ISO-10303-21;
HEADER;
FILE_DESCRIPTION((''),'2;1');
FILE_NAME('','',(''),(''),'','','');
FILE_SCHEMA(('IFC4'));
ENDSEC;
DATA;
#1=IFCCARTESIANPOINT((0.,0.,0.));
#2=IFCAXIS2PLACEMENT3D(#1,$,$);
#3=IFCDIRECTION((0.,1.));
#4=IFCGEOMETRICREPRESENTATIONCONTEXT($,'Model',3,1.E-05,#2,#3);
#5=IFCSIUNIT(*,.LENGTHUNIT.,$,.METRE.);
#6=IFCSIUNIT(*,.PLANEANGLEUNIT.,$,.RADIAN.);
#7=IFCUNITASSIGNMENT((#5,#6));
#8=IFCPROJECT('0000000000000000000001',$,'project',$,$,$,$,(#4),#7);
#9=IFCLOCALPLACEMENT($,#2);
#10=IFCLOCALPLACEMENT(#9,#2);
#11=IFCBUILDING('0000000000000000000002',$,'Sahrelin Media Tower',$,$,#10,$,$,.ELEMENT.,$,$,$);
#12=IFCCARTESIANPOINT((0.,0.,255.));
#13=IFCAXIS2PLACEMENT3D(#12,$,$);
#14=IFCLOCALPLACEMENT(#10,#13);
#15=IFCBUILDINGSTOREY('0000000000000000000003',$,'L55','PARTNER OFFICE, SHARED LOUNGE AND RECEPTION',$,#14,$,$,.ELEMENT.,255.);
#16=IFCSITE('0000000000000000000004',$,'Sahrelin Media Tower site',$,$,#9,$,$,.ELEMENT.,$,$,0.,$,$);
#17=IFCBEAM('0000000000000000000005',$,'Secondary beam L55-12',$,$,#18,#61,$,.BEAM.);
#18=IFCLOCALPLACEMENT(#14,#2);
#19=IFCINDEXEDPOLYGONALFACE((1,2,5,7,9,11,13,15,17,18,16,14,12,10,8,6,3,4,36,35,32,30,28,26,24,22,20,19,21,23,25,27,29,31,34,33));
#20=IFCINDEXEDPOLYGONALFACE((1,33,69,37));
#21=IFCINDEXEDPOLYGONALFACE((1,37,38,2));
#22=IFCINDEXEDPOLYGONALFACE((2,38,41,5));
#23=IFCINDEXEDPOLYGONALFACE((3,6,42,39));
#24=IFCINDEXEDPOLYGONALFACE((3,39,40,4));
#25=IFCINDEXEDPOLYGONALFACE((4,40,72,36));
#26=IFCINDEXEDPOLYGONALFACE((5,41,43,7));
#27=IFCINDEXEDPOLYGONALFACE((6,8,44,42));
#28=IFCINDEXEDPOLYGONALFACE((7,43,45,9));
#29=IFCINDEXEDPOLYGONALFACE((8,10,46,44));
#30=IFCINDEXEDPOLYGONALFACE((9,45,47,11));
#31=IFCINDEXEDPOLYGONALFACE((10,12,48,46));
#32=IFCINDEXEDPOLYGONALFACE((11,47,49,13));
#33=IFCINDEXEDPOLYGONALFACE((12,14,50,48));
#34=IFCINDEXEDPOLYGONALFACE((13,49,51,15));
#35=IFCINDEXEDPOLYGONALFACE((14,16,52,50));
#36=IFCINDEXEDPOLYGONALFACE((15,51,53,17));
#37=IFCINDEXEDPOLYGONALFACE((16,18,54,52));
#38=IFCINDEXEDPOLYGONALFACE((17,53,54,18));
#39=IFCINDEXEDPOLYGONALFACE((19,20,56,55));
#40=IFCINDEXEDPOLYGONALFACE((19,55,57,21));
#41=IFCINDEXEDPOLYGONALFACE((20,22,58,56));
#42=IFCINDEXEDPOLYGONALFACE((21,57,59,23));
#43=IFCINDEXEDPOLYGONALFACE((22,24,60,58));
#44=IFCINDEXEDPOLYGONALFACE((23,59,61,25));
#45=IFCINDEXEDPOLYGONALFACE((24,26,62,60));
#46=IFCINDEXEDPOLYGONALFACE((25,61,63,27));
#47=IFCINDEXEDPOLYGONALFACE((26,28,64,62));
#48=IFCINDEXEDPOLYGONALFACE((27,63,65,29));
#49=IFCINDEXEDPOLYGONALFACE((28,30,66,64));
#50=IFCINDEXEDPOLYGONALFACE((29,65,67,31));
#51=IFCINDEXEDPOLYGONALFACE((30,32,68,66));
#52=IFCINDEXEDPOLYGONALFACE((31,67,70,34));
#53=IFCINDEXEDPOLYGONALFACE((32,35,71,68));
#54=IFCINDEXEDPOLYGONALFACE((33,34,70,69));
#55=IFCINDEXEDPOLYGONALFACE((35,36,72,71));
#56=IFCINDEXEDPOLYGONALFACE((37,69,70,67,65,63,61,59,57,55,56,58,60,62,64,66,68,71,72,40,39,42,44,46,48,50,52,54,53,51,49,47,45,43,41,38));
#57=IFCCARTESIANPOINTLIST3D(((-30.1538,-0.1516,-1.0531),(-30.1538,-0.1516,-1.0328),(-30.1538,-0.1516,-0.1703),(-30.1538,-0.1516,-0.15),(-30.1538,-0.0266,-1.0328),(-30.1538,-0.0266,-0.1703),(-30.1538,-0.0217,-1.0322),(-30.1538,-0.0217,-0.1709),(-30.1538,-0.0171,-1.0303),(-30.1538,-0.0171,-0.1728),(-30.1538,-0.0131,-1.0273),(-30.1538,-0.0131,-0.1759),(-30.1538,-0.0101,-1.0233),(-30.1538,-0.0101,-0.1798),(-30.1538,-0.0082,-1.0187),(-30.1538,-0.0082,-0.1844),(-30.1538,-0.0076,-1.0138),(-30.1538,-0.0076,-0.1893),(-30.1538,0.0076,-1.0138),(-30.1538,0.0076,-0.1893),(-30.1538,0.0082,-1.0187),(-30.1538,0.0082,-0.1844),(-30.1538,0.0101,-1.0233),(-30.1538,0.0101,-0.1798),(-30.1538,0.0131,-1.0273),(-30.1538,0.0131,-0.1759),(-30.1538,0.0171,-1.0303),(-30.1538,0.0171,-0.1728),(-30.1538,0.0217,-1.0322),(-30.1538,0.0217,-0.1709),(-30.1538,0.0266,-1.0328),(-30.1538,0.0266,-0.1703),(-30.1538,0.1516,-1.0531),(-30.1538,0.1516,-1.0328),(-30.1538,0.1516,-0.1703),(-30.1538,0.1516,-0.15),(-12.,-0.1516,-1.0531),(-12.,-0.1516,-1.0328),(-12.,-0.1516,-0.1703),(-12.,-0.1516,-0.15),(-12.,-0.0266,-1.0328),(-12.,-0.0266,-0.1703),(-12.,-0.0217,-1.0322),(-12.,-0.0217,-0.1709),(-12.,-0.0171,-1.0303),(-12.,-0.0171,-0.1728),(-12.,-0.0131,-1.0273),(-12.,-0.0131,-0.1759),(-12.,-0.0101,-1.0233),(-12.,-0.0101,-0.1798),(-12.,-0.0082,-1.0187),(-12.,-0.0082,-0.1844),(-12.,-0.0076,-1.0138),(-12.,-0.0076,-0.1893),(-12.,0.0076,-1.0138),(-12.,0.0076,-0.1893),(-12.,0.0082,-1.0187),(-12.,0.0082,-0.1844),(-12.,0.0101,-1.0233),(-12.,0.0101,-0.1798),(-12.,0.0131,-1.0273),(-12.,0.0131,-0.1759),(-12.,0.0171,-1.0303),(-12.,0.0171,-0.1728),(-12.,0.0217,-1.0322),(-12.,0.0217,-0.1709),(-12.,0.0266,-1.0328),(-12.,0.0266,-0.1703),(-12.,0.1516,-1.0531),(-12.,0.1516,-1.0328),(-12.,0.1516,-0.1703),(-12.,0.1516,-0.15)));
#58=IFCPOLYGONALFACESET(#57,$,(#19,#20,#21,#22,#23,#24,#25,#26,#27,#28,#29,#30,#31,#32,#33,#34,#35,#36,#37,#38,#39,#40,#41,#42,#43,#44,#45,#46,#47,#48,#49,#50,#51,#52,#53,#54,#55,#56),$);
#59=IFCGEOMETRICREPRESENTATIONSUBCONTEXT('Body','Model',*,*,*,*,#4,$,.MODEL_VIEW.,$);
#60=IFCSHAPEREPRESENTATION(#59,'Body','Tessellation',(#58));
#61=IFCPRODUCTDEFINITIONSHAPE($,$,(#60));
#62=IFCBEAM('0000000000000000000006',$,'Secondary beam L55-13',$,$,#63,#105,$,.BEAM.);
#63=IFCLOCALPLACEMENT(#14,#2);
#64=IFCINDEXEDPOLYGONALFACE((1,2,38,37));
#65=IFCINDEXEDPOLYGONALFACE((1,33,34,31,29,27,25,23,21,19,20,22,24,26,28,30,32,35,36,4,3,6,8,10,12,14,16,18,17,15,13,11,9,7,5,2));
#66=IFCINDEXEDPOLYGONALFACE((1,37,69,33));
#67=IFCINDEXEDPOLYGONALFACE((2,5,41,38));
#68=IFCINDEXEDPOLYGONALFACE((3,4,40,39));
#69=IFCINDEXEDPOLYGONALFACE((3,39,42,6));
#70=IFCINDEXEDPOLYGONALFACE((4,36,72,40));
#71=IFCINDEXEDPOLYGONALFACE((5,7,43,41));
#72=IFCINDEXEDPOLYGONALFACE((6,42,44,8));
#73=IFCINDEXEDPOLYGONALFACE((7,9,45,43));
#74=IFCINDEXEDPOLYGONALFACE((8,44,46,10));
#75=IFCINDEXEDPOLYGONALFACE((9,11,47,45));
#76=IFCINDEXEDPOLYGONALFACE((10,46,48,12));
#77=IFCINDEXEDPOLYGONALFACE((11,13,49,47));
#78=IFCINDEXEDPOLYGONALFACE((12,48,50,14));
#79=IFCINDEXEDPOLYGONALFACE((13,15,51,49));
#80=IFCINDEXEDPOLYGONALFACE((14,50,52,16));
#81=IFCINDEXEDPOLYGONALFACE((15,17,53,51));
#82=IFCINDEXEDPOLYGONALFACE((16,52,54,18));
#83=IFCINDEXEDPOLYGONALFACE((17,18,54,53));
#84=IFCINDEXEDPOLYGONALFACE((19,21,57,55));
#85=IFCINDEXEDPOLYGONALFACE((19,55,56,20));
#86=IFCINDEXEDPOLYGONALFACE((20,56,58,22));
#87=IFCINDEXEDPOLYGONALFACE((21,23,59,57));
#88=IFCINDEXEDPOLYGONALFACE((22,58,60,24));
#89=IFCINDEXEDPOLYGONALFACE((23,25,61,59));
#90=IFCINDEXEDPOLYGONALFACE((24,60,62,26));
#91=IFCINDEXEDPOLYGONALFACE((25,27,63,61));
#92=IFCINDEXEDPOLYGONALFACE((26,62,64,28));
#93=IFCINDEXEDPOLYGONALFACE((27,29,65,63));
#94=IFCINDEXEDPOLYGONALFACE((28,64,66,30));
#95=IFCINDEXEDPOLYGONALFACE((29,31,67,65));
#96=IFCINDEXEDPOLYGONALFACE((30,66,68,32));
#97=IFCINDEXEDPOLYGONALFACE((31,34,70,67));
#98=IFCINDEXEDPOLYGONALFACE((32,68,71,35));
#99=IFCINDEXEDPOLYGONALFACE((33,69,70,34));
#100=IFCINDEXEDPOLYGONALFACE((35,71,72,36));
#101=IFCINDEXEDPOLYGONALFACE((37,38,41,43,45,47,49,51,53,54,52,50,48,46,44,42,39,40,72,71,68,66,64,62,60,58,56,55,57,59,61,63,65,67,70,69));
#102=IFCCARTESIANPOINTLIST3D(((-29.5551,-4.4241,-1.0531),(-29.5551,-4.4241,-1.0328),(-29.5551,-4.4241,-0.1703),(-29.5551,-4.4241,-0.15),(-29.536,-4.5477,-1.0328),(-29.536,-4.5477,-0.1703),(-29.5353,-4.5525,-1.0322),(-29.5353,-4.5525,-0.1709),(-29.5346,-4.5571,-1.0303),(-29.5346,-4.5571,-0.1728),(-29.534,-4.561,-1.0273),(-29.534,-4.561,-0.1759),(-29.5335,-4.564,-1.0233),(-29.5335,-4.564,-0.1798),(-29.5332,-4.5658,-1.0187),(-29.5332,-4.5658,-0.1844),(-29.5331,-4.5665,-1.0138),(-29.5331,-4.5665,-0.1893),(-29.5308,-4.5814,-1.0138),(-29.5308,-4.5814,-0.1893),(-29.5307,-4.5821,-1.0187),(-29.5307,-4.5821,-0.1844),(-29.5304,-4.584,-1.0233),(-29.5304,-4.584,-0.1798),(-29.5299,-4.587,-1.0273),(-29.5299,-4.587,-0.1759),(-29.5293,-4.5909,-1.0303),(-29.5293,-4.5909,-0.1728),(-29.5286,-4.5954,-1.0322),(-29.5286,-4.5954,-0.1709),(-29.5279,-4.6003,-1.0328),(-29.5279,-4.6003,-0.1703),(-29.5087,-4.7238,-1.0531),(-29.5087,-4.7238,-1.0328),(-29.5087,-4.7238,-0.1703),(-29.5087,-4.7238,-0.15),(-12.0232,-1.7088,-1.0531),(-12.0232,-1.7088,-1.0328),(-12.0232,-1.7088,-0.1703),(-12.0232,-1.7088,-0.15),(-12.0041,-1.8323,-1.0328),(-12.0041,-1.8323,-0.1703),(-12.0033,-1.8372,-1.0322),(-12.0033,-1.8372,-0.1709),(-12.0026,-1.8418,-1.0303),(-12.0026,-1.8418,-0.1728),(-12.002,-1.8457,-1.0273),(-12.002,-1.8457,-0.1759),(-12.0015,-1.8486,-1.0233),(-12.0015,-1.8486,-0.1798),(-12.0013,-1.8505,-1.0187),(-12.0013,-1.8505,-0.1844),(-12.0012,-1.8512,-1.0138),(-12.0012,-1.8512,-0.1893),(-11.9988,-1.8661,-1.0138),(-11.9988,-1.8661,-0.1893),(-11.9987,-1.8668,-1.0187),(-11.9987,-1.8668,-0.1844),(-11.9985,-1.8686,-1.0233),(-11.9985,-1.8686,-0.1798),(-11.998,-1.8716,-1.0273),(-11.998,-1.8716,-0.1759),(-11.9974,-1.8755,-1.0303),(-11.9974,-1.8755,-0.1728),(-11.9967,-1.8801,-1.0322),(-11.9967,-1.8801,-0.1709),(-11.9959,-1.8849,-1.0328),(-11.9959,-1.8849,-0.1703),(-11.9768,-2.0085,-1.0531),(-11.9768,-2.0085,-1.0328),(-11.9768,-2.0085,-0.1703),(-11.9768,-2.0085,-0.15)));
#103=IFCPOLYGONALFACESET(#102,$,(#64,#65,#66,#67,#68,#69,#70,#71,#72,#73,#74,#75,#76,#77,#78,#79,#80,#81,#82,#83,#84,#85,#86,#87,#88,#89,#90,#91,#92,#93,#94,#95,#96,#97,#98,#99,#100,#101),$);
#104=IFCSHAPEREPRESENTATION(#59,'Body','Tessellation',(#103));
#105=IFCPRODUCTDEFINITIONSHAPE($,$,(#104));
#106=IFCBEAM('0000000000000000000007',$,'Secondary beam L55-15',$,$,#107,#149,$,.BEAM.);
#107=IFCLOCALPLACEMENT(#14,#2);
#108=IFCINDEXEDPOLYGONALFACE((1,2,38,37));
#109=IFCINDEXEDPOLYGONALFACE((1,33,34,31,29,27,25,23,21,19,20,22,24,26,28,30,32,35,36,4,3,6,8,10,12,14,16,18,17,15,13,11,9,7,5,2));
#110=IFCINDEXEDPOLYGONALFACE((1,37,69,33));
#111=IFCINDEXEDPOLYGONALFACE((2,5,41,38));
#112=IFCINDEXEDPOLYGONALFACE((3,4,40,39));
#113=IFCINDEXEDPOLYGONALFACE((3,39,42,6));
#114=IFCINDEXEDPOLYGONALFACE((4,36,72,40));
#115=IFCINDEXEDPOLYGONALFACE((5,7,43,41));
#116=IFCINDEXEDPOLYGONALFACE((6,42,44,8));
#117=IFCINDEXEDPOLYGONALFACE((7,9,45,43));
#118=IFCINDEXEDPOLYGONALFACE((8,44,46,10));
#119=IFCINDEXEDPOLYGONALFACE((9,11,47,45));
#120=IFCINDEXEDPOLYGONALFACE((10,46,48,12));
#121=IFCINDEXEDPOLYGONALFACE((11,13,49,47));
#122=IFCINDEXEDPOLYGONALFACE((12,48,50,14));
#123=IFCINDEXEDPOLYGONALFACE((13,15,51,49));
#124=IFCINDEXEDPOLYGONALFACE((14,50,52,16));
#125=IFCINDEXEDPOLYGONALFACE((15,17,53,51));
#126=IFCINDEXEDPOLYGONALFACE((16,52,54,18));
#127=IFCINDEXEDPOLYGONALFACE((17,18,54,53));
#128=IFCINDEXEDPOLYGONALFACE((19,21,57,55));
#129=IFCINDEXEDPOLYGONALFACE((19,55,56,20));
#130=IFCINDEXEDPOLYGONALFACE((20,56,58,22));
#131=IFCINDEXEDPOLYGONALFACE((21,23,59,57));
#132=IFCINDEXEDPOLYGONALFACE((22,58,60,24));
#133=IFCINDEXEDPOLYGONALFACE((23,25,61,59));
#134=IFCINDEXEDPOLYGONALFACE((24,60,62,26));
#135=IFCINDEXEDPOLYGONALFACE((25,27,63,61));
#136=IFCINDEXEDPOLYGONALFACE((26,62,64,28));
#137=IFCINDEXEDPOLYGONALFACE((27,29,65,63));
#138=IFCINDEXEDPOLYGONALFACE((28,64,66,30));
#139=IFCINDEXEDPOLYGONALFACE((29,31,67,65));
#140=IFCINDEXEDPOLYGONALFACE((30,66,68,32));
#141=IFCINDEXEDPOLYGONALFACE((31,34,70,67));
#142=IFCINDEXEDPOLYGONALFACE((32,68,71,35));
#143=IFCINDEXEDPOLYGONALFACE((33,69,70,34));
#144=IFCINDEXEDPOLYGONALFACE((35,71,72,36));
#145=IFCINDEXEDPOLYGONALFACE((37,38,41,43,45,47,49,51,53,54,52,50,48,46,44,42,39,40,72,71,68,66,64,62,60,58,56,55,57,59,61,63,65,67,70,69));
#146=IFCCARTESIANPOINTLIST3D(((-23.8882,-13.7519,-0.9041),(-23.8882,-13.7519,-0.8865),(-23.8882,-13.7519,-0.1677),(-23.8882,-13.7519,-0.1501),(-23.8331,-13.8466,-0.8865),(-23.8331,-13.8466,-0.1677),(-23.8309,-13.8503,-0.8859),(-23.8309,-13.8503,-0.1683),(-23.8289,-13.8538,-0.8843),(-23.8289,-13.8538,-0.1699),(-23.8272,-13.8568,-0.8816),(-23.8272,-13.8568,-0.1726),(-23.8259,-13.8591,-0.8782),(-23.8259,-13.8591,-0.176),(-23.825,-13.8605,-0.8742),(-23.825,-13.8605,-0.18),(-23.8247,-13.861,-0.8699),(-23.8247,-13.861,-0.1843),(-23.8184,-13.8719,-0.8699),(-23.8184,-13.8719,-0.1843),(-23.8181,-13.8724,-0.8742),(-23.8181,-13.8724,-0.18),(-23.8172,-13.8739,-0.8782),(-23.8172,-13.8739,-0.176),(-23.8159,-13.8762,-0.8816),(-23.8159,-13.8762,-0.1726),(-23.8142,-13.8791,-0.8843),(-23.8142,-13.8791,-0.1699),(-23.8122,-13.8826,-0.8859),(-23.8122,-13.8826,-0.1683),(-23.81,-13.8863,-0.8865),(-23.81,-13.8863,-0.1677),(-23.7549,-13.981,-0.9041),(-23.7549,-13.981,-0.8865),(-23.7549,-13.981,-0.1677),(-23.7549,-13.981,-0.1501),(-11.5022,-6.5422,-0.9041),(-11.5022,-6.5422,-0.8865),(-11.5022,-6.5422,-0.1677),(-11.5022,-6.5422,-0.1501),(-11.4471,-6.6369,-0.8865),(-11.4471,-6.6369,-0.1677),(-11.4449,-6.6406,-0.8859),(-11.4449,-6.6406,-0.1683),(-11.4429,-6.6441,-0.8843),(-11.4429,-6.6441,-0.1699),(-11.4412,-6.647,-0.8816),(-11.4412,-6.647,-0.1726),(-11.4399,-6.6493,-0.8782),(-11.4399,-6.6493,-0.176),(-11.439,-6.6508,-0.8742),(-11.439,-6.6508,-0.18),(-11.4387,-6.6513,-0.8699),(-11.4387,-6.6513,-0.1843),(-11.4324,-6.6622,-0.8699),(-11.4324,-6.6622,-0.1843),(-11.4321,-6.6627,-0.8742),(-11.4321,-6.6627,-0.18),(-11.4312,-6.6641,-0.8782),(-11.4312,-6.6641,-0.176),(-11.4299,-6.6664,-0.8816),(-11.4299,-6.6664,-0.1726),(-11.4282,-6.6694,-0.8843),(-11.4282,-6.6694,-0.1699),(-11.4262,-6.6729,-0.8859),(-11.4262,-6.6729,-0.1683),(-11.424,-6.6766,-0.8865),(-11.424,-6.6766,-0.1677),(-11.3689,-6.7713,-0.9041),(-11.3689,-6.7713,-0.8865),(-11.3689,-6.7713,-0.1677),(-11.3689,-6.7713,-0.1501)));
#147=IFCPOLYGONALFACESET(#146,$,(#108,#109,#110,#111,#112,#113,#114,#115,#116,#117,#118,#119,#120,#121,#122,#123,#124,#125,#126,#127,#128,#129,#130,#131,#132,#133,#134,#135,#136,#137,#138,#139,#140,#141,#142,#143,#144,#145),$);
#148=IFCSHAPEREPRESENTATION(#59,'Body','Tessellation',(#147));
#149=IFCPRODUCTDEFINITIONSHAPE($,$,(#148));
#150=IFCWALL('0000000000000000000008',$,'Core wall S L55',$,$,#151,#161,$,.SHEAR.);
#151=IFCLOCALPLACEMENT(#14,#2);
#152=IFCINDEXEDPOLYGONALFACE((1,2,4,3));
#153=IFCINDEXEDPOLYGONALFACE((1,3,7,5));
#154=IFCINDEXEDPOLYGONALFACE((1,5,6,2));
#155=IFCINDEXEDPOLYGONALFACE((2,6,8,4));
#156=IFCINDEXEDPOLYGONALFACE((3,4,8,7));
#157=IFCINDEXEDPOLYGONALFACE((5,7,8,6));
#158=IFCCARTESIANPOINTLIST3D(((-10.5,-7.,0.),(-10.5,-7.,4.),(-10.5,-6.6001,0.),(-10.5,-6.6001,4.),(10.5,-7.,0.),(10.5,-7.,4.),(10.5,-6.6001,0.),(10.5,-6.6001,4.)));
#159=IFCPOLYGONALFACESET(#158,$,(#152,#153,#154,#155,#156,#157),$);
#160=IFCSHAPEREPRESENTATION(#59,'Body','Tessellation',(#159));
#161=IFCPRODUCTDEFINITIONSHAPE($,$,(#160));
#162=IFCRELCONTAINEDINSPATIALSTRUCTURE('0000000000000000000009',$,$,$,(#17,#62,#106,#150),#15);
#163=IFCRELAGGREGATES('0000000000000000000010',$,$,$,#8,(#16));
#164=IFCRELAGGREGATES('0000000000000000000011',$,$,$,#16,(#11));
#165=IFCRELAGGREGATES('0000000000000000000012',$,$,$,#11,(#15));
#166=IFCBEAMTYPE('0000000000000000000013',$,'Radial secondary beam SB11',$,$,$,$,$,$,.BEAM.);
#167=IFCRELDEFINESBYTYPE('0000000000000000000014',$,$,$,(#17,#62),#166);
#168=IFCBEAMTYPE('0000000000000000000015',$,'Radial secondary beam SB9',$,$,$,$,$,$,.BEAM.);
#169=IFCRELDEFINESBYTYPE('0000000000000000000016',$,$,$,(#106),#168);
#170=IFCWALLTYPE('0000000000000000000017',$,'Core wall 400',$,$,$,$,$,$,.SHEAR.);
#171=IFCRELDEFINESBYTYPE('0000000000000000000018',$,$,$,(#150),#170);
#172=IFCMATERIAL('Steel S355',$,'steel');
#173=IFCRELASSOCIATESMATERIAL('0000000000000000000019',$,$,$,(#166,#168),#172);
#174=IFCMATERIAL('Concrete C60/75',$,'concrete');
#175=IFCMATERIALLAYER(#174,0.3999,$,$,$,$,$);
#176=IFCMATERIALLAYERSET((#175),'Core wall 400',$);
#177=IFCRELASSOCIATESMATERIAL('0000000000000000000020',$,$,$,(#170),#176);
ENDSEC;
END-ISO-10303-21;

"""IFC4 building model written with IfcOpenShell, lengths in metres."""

from ifc_helpers import new_model, si_unit, direction, frame, frame_2d, origin, origin_2d, place, context, subcontext, project, spatial, rectangle, i_section, extrude, material, layer, layer_set, material_profile, profile_set, type_object, element, save


model = new_model("IFC4")

# Units and contexts
model_context = context("Model", 3, precision=1e-05, world=origin(), true_north=direction((0.0, 1.0)))
body_context = subcontext(model_context, "Body", "Model", "MODEL_VIEW")
ifc_project = project(units=[si_unit("LENGTHUNIT", "METRE"), si_unit("PLANEANGLEUNIT", "RADIAN")], contexts=[model_context])

# Site, building, storey
site_placement = place(None, origin())
site = spatial("IfcSite", under=ifc_project, at=site_placement, Name="Sahrelin Media Tower site", CompositionType="ELEMENT", RefElevation=0.0)
building_placement = place(site_placement, origin())
building = spatial("IfcBuilding", under=site, at=building_placement, Name="Sahrelin Media Tower", CompositionType="ELEMENT")
storey_placement = place(building_placement, frame((0.0, 0.0, 255.0)))
storey = spatial("IfcBuildingStorey", under=building, at=storey_placement, Name="L55", Description="PARTNER OFFICE, SHARED LOUNGE AND RECEPTION", CompositionType="ELEMENT", Elevation=255.0)

# Beams
ifc_material_1 = material(Name="Steel S355", Category="steel")
ifc_material_profile_1 = material_profile(ifc_material_1, i_section(OverallWidth=0.3032, OverallDepth=0.9031, WebThickness=0.0151, FlangeThickness=0.0203, FilletRadius=0.019, at=origin_2d()), Name="UB 914x305x201")
ifc_profile_set_1 = profile_set([ifc_material_profile_1], Name="Steel S355")
beam_type_1 = type_object("IfcBeamType", Name="Radial secondary beam SB11", PredefinedType="BEAM", material=ifc_profile_set_1)
beam_1_placement = place(storey_placement, frame((-12.0, 0.0, -0.6016), z_axis=(-1.0, 0.0, 0.0), x_axis=(0.0, -1.0, 0.0)))
element("IfcBeam", 1, at=beam_1_placement, inside=storey, type_object=beam_type_1, Name="Secondary beam L55-12", PredefinedType="BEAM", context=body_context, shape_type="SweptSolid", body=[
    extrude(i_section(OverallWidth=0.3032, OverallDepth=0.9031, WebThickness=0.0151, FlangeThickness=0.0203, FilletRadius=0.019, at=origin_2d()), origin(), (0.0, 0.0, 1.0), 18.1538),
])
beam_2_placement = place(storey_placement, frame((-12.0, -1.8586, -0.6016), z_axis=(-0.988218, -0.153054, 0.0), x_axis=(0.153054, -0.988218, 0.0)))
element("IfcBeam", 2, at=beam_2_placement, inside=storey, type_object=beam_type_1, Name="Secondary beam L55-13", PredefinedType="BEAM", context=body_context, shape_type="SweptSolid", body=[
    extrude(i_section(OverallWidth=0.3032, OverallDepth=0.9031, WebThickness=0.0151, FlangeThickness=0.0203, FilletRadius=0.019, at=origin_2d()), origin(), (0.0, 0.0, 1.0), 17.741),
])
ifc_material_profile_2 = material_profile(ifc_material_1, i_section(OverallWidth=0.2651, OverallDepth=0.7539, WebThickness=0.0127, FlangeThickness=0.0176, FilletRadius=0.0166, at=origin_2d()), Name="UB 762x267x147")
ifc_profile_set_2 = profile_set([ifc_material_profile_2], Name="Steel S355")
beam_type_2 = type_object("IfcBeamType", Name="Radial secondary beam SB9", PredefinedType="BEAM", material=ifc_profile_set_2)
beam_3_placement = place(storey_placement, frame((-11.4355, -6.6567, -0.5271), z_axis=(-0.864247, -0.503067, 0.0), x_axis=(0.503067, -0.864247, 0.0)))
element("IfcBeam", 3, at=beam_3_placement, inside=storey, type_object=beam_type_2, Name="Secondary beam L55-15", PredefinedType="BEAM", context=body_context, shape_type="SweptSolid", body=[
    extrude(i_section(OverallWidth=0.2651, OverallDepth=0.7539, WebThickness=0.0127, FlangeThickness=0.0176, FilletRadius=0.0166, at=origin_2d()), origin(), (0.0, 0.0, 1.0), 14.3315),
])

# Wall
ifc_material_2 = material(Name="Concrete C60/75", Category="concrete")
ifc_layer_1 = layer(ifc_material_2, 0.3999)
ifc_layer_set_1 = layer_set([ifc_layer_1], Name="Core wall 400")
wall_type_1 = type_object("IfcWallType", Name="Core wall 400", PredefinedType="SHEAR", material=ifc_layer_set_1)
wall_1_placement = place(storey_placement, frame((-10.5, -6.8, 0.0), z_axis=(0.0, 0.0, 1.0), x_axis=(1.0, 0.0, 0.0)))
element("IfcWall", 4, at=wall_1_placement, inside=storey, type_object=wall_type_1, Name="Core wall S L55", PredefinedType="SHEAR", context=body_context, shape_type="SweptSolid", body=[
    extrude(rectangle(XDim=21.0, YDim=0.3999, at=frame_2d((10.5, 0.0))), origin(), (0.0, 0.0, 1.0), 4.0),
])

save(model, "model.ifc")
